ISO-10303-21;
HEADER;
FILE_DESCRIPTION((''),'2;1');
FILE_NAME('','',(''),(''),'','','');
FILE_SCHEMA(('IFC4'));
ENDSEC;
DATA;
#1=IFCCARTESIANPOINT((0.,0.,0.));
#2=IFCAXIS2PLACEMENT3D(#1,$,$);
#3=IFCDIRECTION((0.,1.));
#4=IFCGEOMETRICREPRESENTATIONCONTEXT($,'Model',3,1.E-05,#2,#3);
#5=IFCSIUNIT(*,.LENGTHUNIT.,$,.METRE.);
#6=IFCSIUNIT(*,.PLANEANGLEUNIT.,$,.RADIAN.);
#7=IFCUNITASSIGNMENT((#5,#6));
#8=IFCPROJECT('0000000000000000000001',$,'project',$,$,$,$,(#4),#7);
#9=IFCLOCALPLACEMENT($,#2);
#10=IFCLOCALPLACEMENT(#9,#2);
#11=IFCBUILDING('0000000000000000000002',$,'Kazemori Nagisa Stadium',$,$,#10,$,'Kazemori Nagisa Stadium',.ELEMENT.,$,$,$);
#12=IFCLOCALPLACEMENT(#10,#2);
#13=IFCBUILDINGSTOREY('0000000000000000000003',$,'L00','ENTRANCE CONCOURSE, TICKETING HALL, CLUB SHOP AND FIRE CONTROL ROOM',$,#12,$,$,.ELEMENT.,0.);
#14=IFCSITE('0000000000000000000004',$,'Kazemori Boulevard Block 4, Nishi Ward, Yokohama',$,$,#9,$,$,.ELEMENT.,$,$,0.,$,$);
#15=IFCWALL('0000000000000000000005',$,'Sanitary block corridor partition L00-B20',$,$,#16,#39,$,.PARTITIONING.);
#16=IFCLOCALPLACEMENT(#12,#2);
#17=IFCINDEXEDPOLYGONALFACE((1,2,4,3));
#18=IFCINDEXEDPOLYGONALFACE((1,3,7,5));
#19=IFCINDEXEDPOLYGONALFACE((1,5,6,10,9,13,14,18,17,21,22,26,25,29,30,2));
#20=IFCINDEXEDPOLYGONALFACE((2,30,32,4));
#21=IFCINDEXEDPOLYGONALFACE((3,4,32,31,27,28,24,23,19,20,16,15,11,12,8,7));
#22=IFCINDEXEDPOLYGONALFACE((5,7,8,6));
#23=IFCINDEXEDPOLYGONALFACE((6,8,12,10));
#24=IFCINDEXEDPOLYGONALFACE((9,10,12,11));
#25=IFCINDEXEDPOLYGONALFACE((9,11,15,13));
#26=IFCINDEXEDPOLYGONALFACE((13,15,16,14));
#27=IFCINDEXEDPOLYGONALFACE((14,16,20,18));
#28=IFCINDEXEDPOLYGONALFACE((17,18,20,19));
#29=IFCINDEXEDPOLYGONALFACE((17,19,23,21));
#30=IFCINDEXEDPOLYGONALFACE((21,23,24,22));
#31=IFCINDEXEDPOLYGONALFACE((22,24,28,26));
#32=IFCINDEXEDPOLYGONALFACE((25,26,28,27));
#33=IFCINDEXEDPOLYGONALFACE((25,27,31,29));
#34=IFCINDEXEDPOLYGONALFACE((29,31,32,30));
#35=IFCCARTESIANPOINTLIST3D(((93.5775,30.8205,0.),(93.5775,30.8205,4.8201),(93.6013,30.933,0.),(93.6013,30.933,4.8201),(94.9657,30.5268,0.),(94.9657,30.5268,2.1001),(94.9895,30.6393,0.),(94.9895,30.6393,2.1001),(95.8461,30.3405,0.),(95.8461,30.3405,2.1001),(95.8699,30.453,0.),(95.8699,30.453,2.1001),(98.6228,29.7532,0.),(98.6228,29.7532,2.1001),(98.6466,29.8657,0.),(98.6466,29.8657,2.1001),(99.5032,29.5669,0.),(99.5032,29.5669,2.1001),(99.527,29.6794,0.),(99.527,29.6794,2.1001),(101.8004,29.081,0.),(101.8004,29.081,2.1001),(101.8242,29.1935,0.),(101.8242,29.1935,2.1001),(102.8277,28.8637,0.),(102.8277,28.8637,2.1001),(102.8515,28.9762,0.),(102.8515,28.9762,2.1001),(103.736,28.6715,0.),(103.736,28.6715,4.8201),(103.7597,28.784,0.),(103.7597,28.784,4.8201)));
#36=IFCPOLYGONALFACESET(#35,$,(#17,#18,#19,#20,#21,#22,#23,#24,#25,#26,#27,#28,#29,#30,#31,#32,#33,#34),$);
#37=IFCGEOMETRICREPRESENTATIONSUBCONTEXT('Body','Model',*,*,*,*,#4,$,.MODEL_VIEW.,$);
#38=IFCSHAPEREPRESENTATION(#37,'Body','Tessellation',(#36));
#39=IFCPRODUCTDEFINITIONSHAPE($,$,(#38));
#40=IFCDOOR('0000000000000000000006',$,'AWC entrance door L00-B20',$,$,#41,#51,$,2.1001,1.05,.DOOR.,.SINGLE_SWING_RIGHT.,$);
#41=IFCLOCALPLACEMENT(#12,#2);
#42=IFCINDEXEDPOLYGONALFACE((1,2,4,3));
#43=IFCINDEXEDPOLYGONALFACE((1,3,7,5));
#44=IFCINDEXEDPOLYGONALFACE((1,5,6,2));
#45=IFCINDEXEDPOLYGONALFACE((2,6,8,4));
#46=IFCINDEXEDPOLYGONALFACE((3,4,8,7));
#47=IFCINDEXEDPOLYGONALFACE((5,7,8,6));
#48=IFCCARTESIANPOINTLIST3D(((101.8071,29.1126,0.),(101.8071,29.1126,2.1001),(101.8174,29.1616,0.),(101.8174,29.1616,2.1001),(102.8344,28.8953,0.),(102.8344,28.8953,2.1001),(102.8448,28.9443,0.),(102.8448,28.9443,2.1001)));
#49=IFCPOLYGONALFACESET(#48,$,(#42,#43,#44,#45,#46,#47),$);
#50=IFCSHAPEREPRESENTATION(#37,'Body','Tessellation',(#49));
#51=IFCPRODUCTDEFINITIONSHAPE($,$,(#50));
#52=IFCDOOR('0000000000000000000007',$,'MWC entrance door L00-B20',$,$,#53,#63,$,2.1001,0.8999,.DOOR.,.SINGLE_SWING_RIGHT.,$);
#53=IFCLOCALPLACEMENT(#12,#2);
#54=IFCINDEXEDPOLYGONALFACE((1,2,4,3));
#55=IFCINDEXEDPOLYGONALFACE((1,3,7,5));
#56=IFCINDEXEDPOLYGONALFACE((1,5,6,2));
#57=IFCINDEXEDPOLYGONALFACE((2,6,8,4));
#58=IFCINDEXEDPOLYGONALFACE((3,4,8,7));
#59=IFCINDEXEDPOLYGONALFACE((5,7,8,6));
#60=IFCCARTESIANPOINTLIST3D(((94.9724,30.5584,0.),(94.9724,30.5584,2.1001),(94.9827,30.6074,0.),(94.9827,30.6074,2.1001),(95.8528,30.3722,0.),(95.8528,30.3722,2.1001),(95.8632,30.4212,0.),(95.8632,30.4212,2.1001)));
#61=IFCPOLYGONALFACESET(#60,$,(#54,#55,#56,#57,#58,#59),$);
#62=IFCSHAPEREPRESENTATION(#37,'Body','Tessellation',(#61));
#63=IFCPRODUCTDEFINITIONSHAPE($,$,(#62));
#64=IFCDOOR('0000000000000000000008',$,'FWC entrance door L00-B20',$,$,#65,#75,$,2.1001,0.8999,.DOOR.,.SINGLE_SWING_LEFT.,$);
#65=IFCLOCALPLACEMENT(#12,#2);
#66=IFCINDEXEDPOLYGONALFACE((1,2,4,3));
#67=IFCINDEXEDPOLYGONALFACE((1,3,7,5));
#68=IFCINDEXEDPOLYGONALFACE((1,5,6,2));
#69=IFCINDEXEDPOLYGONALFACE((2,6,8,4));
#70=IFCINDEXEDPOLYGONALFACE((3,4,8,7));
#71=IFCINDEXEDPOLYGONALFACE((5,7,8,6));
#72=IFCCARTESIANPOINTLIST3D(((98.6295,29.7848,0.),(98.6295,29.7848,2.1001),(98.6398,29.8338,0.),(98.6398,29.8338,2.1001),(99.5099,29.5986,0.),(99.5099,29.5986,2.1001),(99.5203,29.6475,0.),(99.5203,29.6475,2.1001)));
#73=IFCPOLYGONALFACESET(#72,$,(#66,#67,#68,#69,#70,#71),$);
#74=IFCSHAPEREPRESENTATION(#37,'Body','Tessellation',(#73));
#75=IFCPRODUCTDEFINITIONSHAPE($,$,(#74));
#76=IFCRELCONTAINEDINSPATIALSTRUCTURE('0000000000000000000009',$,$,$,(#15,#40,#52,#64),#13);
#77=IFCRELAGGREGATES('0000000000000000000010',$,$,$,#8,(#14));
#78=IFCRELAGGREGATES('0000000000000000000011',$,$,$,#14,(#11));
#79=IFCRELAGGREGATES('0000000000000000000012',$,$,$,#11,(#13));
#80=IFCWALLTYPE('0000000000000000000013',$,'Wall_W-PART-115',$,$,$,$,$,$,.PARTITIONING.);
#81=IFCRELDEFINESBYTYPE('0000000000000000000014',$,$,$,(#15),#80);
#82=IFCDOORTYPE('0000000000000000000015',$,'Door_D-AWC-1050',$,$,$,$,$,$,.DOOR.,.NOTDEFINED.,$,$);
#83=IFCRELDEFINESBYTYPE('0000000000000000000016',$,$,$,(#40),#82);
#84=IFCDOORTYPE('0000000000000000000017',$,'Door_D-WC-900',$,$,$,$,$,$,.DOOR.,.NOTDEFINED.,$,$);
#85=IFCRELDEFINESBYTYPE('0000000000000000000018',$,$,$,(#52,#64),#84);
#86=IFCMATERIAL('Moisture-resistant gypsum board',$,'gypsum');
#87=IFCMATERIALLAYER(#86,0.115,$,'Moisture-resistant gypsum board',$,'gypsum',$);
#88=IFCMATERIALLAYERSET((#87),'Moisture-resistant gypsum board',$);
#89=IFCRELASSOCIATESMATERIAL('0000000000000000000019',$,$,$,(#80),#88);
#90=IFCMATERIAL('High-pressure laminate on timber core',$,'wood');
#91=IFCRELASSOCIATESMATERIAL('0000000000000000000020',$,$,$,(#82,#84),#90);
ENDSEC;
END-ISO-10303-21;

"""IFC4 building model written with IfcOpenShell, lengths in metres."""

from ifc_helpers import new_model, si_unit, direction, frame, frame_2d, origin, place, context, subcontext, project, spatial, rectangle, extrude, material, layer, layer_set, type_object, element, fill, save


model = new_model("IFC4")

# Units and contexts
model_context = context("Model", 3, precision=1e-05, world=origin(), true_north=direction((0.0, 1.0)))
body_context = subcontext(model_context, "Body", "Model", "MODEL_VIEW")
ifc_project = project(units=[si_unit("LENGTHUNIT", "METRE"), si_unit("PLANEANGLEUNIT", "RADIAN")], contexts=[model_context])

# Site, building, storey
site_placement = place(None, origin())
site = spatial("IfcSite", under=ifc_project, at=site_placement, Name="Kazemori Boulevard Block 4, Nishi Ward, Yokohama", CompositionType="ELEMENT", RefElevation=0.0)
building_placement = place(site_placement, origin())
building = spatial("IfcBuilding", under=site, at=building_placement, Name="Kazemori Nagisa Stadium", LongName="Kazemori Nagisa Stadium", CompositionType="ELEMENT")
storey_placement = place(building_placement, origin())
storey = spatial("IfcBuildingStorey", under=building, at=storey_placement, Name="L00", Description="ENTRANCE CONCOURSE, TICKETING HALL, CLUB SHOP AND FIRE CONTROL ROOM", CompositionType="ELEMENT", Elevation=0.0)

# Wall, openings, doors
ifc_material_1 = material(Name="Moisture-resistant gypsum board", Category="gypsum")
ifc_layer_1 = layer(ifc_material_1, 0.115, Name="Moisture-resistant gypsum board", Category="gypsum")
ifc_layer_set_1 = layer_set([ifc_layer_1], Name="Moisture-resistant gypsum board")
wall_type_1 = type_object("IfcWallType", Name="Wall_W-PART-115", PredefinedType="PARTITIONING", material=ifc_layer_set_1)
wall_1_placement = place(storey_placement, frame((93.5894, 30.8767, 0.0), z_axis=(0.0, 0.0, 1.0), x_axis=(0.978349, -0.206961, 0.0)))
wall_1 = element("IfcWall", 1, at=wall_1_placement, inside=storey, type_object=wall_type_1, Name="Sanitary block corridor partition L00-B20", PredefinedType="PARTITIONING", context=body_context, shape_type="SweptSolid", body=[
    extrude(rectangle(XDim=10.3833, YDim=0.115, at=frame_2d((5.1917, 0.0))), origin(), (0.0, 0.0, 1.0), 4.8201),
])
opening_1_placement = place(wall_1_placement, frame((1.4189, 0.0, 0.0)))
opening_1 = element("IfcOpeningElement", 2, at=opening_1_placement, cuts=wall_1, PredefinedType="OPENING", context=body_context, shape_type="SweptSolid", body=[
    extrude(rectangle(XDim=0.8999, YDim=2.1001, at=frame_2d((0.45, 1.05))), frame((0.0, 0.0674, 0.0), z_axis=(0.0, -1.0, 0.0), x_axis=(1.0, 0.0, 0.0)), (0.0, 0.0, 1.0), 0.135),
])
opening_2_placement = place(wall_1_placement, frame((5.157, 0.0, 0.0)))
opening_2 = element("IfcOpeningElement", 3, at=opening_2_placement, cuts=wall_1, PredefinedType="OPENING", context=body_context, shape_type="SweptSolid", body=[
    extrude(rectangle(XDim=0.8999, YDim=2.1001, at=frame_2d((0.45, 1.05))), frame((0.0, 0.0674, 0.0), z_axis=(0.0, -1.0, 0.0), x_axis=(1.0, 0.0, 0.0)), (0.0, 0.0, 1.0), 0.135),
])
opening_3_placement = place(wall_1_placement, frame((8.405, 0.0, 0.0)))
opening_3 = element("IfcOpeningElement", 4, at=opening_3_placement, cuts=wall_1, PredefinedType="OPENING", context=body_context, shape_type="SweptSolid", body=[
    extrude(rectangle(XDim=1.05, YDim=2.1001, at=frame_2d((0.5249, 1.05))), frame((0.0, 0.0674, 0.0), z_axis=(0.0, -1.0, 0.0), x_axis=(1.0, 0.0, 0.0)), (0.0, 0.0, 1.0), 0.135),
])
ifc_material_2 = material(Name="High-pressure laminate on timber core", Category="wood")
door_type_1 = type_object("IfcDoorType", Name="Door_D-AWC-1050", OperationType="NOTDEFINED", PredefinedType="DOOR", material=ifc_material_2)
door_1_placement = place(opening_3_placement, origin())
door_1 = element("IfcDoor", 5, at=door_1_placement, inside=storey, type_object=door_type_1, Name="AWC entrance door L00-B20", OperationType="SINGLE_SWING_RIGHT", OverallHeight=2.1001, OverallWidth=1.05, PredefinedType="DOOR", context=body_context, shape_type="SweptSolid", body=[
    extrude(rectangle(XDim=1.05, YDim=2.1001, at=frame_2d((0.5249, 1.05))), frame((0.0, 0.0249, 0.0), z_axis=(0.0, -1.0, 0.0), x_axis=(1.0, 0.0, 0.0)), (0.0, 0.0, 1.0), 0.05),
])
fill(opening_3, door_1)
door_type_2 = type_object("IfcDoorType", Name="Door_D-WC-900", OperationType="NOTDEFINED", PredefinedType="DOOR", material=ifc_material_2)
door_2_placement = place(opening_1_placement, origin())
door_2 = element("IfcDoor", 6, at=door_2_placement, inside=storey, type_object=door_type_2, Name="MWC entrance door L00-B20", OperationType="SINGLE_SWING_RIGHT", OverallHeight=2.1001, OverallWidth=0.8999, PredefinedType="DOOR", context=body_context, shape_type="SweptSolid", body=[
    extrude(rectangle(XDim=0.8999, YDim=2.1001, at=frame_2d((0.45, 1.05))), frame((0.0, 0.0249, 0.0), z_axis=(0.0, -1.0, 0.0), x_axis=(1.0, 0.0, 0.0)), (0.0, 0.0, 1.0), 0.05),
])
fill(opening_1, door_2)
door_3_placement = place(opening_2_placement, origin())
door_3 = element("IfcDoor", 7, at=door_3_placement, inside=storey, type_object=door_type_2, Name="FWC entrance door L00-B20", OperationType="SINGLE_SWING_LEFT", OverallHeight=2.1001, OverallWidth=0.8999, PredefinedType="DOOR", context=body_context, shape_type="SweptSolid", body=[
    extrude(rectangle(XDim=0.8999, YDim=2.1001, at=frame_2d((0.45, 1.05))), frame((0.0, 0.0249, 0.0), z_axis=(0.0, -1.0, 0.0), x_axis=(1.0, 0.0, 0.0)), (0.0, 0.0, 1.0), 0.05),
])
fill(opening_2, door_3)

save(model, "model.ifc")
